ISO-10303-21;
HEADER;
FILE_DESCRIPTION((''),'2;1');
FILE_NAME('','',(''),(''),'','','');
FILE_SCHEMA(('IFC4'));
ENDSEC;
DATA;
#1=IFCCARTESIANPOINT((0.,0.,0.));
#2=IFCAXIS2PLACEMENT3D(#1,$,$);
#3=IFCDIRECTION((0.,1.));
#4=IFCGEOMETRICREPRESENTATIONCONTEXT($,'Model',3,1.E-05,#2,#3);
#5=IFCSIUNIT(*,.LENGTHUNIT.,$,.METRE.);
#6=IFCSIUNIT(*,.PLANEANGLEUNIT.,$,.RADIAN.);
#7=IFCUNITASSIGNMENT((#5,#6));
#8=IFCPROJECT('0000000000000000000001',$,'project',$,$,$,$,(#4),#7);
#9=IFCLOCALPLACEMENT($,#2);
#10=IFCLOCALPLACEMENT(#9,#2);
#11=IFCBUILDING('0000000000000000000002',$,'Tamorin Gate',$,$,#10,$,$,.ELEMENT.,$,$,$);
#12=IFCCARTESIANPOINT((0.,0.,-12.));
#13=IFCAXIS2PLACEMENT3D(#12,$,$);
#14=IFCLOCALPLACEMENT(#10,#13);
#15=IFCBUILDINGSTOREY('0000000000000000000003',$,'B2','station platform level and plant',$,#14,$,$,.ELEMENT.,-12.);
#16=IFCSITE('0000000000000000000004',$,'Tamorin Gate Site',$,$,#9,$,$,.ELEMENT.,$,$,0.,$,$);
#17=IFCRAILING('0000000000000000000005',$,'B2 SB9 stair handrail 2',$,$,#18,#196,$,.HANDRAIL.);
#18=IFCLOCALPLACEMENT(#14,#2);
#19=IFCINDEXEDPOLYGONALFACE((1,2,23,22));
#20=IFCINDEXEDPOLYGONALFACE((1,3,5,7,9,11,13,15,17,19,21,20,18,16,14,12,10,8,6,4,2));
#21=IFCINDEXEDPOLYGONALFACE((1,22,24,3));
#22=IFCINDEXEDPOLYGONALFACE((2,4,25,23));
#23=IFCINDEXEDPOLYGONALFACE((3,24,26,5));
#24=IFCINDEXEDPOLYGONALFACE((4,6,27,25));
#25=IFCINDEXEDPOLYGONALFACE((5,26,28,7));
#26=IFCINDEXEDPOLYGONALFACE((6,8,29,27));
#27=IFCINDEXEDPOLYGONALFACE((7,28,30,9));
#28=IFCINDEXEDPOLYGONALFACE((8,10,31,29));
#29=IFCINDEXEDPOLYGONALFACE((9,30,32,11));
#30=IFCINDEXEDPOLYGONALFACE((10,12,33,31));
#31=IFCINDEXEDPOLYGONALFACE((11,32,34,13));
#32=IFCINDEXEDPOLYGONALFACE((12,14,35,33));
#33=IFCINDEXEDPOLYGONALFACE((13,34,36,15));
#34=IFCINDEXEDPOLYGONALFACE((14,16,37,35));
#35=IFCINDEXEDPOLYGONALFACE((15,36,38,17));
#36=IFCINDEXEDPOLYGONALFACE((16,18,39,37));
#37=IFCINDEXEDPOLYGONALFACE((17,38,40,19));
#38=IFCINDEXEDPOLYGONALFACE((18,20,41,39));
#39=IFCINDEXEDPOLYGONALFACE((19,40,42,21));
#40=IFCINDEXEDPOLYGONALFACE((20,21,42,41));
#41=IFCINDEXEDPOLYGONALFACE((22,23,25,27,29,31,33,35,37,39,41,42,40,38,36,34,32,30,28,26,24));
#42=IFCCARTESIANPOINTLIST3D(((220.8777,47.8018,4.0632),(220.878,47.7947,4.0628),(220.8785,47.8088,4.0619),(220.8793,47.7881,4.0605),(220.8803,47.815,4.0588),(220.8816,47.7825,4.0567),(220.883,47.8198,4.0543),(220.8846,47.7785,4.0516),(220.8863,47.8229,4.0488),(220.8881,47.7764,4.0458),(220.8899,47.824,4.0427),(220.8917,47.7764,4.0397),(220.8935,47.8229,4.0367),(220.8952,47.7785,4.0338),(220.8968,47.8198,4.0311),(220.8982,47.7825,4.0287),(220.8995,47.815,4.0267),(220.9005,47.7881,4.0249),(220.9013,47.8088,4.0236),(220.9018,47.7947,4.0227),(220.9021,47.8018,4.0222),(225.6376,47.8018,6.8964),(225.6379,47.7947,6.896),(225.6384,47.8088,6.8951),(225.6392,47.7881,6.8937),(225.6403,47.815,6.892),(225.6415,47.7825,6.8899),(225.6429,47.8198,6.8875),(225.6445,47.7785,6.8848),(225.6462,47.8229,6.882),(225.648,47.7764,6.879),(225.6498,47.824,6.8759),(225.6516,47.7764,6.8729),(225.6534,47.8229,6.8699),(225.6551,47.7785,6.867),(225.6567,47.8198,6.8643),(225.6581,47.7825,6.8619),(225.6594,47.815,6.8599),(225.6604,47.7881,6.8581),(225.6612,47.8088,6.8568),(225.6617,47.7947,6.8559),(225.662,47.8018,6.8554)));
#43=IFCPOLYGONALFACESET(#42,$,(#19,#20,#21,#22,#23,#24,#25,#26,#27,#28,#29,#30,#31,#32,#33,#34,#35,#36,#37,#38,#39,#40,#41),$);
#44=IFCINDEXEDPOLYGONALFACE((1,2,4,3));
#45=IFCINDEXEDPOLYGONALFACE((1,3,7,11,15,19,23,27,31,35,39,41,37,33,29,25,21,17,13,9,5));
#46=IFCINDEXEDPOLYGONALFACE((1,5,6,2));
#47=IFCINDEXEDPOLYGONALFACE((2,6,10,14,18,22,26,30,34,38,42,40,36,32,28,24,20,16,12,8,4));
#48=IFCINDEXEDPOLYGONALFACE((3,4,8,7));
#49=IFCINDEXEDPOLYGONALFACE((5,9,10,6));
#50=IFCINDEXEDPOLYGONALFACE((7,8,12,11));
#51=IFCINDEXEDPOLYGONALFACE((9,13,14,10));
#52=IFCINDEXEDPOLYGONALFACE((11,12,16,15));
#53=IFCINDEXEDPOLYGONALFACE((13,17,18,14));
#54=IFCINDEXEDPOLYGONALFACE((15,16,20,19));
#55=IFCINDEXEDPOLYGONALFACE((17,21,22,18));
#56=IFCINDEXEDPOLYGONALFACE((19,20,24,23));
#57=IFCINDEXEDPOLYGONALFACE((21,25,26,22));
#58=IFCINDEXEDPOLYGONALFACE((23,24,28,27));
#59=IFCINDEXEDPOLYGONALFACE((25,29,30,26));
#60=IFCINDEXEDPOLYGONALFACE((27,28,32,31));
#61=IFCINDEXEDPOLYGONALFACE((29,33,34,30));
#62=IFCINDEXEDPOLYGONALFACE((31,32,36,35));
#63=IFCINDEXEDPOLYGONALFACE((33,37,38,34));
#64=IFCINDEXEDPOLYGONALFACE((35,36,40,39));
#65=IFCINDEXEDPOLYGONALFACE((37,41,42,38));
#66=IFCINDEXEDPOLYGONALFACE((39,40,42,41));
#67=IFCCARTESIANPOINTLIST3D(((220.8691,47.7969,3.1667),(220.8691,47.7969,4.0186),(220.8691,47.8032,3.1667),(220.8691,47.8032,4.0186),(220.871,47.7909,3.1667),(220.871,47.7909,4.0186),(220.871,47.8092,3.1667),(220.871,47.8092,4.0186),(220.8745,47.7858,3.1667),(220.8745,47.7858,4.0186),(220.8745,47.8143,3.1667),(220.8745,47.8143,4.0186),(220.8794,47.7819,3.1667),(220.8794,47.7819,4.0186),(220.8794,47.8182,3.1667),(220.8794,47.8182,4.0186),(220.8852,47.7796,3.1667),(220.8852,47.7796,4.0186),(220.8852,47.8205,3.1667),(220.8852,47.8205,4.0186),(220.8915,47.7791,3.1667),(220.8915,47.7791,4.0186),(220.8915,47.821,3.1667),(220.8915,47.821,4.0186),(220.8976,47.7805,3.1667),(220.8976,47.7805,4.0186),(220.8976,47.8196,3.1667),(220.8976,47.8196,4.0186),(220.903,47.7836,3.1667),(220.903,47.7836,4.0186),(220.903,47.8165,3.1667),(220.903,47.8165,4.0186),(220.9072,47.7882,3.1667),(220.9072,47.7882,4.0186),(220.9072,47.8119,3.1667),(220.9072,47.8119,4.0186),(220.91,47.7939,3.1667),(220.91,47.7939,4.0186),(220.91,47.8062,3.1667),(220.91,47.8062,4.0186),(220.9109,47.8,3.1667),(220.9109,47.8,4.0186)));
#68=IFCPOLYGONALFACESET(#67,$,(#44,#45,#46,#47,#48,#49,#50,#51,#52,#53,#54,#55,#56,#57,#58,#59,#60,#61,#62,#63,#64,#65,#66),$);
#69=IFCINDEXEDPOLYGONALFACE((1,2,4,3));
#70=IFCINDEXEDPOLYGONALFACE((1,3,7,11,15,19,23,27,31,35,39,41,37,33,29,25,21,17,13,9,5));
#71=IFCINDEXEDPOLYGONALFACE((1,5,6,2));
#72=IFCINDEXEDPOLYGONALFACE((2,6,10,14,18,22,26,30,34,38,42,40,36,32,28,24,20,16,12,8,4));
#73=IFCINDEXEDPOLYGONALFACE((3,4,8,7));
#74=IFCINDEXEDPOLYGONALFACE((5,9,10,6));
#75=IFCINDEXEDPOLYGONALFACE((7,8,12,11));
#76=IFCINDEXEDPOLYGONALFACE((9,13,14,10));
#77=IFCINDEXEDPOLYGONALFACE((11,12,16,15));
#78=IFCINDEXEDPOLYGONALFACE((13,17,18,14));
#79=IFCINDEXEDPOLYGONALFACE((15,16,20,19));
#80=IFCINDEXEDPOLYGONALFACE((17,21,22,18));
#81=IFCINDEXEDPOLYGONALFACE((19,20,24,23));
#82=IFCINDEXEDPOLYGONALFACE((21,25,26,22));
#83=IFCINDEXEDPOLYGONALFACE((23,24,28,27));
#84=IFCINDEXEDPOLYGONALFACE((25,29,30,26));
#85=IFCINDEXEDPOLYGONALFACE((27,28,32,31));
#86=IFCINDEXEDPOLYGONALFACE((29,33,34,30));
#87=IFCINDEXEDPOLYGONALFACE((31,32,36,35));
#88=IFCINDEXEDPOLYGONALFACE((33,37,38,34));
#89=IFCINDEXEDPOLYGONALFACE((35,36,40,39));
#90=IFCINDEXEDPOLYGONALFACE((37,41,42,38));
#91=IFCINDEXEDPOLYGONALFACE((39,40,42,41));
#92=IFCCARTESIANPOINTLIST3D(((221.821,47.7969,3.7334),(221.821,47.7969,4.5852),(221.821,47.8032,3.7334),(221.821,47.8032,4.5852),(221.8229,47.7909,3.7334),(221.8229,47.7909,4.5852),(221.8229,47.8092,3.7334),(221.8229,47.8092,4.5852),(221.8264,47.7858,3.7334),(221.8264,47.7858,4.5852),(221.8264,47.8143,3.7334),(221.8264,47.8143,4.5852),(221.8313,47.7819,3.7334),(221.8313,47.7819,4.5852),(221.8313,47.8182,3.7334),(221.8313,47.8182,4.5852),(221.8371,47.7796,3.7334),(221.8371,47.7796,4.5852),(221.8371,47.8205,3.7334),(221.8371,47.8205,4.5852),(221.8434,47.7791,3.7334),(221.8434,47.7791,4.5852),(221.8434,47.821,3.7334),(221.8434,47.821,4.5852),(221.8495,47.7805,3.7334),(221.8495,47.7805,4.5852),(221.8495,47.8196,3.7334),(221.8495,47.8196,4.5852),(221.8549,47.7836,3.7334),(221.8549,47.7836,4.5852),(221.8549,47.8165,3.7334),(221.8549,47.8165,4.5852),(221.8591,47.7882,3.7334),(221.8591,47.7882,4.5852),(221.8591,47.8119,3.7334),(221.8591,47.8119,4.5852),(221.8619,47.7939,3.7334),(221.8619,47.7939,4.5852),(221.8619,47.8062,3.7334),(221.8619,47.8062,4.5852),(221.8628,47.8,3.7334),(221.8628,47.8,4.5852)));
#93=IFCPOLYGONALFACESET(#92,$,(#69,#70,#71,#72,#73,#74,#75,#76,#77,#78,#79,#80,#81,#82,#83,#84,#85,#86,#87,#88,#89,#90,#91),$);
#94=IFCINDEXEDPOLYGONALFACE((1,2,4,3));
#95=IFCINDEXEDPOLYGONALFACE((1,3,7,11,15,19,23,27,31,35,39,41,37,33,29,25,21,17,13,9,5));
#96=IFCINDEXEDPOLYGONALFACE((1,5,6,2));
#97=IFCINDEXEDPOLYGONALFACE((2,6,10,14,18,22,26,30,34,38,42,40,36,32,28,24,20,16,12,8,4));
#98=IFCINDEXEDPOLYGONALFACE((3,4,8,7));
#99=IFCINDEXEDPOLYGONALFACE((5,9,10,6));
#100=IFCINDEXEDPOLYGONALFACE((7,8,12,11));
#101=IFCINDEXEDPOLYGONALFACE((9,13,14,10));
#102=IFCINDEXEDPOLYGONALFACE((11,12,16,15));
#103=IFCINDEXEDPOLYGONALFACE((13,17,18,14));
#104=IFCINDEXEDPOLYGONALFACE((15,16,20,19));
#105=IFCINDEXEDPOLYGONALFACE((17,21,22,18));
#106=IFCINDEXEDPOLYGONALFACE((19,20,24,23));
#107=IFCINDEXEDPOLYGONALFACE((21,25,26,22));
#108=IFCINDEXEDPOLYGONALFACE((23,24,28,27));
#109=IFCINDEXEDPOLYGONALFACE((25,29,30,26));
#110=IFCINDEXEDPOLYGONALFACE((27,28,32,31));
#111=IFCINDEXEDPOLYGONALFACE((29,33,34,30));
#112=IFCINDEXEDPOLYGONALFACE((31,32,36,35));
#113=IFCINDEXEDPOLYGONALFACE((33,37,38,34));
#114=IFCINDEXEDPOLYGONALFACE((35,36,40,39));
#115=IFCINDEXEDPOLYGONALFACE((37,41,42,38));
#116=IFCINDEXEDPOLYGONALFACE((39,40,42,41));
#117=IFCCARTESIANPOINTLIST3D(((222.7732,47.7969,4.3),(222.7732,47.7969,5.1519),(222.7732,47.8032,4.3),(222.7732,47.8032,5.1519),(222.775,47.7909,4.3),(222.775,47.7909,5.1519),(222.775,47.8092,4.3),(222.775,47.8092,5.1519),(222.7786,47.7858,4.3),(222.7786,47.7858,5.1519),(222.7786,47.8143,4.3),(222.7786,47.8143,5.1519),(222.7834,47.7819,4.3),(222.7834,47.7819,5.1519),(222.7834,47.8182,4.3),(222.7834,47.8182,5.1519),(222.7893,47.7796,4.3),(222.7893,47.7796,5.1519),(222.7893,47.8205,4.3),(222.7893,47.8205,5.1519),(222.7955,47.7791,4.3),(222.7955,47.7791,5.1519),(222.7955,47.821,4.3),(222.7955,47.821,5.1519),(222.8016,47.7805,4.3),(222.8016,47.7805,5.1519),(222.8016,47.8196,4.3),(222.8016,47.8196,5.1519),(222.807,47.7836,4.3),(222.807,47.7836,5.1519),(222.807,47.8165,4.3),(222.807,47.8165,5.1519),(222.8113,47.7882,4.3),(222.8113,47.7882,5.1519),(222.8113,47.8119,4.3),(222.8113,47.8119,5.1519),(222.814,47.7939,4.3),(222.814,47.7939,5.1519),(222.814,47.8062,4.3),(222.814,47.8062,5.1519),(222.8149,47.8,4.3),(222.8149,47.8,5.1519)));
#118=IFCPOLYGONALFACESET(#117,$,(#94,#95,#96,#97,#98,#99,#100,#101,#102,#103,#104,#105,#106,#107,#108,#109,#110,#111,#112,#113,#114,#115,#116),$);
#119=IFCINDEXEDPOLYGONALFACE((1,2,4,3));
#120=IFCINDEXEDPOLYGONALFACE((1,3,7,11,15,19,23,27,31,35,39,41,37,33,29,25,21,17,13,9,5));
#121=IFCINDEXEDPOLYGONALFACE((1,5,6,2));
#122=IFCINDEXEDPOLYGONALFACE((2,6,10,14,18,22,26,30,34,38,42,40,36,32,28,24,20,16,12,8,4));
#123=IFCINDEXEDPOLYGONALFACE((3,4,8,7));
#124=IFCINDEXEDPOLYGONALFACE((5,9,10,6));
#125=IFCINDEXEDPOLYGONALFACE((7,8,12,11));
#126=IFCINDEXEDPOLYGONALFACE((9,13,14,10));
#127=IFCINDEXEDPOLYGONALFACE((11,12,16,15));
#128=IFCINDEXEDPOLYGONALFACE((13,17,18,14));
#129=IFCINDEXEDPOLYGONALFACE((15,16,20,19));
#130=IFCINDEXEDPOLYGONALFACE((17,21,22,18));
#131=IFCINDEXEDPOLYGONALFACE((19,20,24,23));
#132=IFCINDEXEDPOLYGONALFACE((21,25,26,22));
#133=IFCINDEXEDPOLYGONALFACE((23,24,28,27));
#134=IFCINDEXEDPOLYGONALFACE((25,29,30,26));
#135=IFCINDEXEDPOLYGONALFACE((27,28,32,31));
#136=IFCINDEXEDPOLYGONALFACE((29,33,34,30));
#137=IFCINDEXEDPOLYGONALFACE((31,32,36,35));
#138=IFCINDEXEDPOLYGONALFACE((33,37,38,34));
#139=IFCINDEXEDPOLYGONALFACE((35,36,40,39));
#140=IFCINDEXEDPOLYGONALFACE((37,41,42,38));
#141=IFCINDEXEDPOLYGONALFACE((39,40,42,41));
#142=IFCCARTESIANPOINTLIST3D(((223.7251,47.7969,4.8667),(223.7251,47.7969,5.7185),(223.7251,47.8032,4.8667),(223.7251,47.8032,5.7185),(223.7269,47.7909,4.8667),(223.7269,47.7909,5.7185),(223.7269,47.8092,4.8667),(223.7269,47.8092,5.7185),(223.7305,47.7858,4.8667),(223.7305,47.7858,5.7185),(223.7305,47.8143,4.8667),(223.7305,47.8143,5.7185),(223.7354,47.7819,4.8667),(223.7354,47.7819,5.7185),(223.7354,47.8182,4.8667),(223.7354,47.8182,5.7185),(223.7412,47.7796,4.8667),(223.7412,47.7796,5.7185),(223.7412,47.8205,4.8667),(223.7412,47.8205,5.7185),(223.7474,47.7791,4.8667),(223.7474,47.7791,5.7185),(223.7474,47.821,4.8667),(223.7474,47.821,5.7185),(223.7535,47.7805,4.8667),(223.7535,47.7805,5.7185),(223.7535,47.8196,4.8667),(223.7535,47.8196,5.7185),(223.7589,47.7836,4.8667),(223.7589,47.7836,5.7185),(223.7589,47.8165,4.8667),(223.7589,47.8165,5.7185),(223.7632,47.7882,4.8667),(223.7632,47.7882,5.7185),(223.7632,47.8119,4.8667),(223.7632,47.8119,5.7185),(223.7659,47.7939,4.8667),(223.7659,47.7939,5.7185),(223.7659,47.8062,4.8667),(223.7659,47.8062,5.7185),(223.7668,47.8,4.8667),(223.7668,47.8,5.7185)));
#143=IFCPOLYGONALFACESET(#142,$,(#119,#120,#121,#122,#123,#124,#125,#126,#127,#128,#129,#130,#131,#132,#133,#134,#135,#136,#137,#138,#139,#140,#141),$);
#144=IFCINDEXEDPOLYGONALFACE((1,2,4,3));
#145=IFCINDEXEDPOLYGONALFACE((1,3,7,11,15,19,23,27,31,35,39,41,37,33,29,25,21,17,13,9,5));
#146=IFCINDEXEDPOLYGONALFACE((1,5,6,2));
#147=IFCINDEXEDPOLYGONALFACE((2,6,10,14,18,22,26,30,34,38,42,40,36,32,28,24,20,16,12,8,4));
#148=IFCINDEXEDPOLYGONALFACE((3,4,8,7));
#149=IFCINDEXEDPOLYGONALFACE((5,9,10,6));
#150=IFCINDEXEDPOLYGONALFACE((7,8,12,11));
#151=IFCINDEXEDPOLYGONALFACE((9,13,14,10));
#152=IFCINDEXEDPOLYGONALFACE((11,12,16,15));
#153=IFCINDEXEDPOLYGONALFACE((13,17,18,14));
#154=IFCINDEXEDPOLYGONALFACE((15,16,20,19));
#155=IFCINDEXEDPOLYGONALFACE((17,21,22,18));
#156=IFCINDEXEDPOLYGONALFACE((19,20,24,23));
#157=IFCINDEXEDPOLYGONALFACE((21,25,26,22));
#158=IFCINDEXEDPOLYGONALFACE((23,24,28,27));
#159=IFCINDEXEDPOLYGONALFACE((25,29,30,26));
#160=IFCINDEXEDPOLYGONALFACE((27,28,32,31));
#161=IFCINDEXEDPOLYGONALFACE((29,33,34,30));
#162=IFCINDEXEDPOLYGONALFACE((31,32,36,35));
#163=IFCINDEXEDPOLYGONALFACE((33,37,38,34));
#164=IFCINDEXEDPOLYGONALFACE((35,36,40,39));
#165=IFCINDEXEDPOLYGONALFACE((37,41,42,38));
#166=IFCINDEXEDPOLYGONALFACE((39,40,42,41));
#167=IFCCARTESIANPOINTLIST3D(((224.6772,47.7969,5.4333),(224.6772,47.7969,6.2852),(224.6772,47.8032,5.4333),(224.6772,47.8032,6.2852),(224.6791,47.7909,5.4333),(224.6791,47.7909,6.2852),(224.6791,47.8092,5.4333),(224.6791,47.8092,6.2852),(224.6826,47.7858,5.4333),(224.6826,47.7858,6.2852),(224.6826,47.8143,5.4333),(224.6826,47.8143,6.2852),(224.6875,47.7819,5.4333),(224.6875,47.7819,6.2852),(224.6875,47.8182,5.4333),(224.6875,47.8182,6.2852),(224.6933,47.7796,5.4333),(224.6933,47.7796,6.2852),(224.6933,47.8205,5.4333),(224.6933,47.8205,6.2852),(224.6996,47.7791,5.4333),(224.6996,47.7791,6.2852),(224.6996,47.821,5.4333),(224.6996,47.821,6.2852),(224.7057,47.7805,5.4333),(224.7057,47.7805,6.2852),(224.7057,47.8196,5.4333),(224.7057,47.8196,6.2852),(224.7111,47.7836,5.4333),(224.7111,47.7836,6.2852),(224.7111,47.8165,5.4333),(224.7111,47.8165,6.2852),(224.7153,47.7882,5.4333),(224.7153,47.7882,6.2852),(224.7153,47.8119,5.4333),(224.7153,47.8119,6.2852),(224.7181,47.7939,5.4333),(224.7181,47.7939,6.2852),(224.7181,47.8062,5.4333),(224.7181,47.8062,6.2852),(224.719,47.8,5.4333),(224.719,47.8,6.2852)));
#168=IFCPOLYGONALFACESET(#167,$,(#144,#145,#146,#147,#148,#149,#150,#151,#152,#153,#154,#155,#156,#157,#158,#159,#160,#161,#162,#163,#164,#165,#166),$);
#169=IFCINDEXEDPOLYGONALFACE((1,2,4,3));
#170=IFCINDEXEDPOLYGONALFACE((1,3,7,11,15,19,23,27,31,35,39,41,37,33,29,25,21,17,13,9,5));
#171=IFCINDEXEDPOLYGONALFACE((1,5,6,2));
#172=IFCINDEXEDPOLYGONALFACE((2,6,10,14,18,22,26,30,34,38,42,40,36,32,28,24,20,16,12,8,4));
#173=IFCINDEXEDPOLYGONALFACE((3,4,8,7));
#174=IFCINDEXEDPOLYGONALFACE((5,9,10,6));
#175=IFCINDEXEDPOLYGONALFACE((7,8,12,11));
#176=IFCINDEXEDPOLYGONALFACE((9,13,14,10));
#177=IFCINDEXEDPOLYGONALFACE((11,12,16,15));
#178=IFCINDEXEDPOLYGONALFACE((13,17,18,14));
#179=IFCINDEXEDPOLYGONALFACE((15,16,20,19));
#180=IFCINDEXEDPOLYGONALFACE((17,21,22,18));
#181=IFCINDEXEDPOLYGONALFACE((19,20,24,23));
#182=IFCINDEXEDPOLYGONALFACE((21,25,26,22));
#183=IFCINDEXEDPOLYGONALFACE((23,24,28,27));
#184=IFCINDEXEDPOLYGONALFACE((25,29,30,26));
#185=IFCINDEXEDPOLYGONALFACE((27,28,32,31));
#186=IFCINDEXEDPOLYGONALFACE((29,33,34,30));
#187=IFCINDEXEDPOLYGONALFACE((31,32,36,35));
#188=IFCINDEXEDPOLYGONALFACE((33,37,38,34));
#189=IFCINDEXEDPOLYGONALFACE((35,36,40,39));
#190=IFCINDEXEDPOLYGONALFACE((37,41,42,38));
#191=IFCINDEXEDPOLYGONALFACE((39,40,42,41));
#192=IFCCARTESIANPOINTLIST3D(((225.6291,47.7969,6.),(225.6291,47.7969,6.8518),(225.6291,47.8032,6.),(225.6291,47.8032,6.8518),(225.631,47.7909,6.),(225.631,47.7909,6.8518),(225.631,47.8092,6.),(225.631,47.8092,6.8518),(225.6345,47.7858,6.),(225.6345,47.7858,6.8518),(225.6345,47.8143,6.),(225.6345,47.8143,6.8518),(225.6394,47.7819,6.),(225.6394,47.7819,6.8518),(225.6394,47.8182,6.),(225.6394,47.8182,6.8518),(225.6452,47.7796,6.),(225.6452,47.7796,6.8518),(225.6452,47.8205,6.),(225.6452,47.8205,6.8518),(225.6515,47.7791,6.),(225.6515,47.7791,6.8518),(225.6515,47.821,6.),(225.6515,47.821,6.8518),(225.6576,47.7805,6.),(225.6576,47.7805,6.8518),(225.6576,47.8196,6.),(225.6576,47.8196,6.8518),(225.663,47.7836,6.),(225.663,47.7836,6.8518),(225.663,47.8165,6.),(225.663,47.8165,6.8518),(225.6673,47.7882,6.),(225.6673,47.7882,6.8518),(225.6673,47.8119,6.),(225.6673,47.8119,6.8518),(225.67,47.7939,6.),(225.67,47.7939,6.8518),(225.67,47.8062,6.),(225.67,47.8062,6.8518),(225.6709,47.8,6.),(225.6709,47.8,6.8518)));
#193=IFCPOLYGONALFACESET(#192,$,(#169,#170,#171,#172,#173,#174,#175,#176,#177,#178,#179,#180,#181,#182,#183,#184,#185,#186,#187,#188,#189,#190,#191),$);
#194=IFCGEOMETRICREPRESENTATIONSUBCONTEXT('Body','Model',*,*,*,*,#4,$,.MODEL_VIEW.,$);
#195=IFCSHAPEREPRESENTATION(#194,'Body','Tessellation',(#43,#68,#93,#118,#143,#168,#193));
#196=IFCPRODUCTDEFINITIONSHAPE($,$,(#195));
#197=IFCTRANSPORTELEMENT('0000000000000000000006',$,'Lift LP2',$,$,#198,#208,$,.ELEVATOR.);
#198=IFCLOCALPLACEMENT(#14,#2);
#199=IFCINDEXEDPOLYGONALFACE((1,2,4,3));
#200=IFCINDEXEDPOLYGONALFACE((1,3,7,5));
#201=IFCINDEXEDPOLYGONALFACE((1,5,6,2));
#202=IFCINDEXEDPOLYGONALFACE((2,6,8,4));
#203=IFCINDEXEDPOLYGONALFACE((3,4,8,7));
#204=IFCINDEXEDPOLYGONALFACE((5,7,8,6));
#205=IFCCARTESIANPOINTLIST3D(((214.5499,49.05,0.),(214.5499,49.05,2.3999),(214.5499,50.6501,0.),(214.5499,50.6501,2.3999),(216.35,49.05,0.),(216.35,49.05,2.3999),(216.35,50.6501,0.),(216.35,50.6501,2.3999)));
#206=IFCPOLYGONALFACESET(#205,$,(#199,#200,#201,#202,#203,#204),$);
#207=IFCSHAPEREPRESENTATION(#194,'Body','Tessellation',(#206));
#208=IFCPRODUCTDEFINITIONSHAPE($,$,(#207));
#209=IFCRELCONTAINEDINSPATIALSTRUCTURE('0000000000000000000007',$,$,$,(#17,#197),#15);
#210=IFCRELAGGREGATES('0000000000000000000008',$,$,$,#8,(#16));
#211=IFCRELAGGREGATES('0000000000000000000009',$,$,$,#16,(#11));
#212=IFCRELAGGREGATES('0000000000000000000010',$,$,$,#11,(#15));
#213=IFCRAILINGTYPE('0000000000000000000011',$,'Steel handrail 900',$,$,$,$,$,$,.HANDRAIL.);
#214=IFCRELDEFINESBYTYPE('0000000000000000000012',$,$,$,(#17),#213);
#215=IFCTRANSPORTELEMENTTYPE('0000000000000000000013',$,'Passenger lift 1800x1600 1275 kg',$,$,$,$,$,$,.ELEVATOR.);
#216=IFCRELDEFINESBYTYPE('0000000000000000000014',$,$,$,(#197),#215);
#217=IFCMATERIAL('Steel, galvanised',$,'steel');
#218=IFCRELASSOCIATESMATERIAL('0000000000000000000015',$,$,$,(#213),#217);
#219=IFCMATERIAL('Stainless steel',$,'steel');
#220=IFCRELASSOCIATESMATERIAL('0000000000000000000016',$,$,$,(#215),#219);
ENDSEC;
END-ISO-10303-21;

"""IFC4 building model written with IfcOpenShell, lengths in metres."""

from ifc_helpers import new_model, si_unit, direction, frame, origin, origin_2d, place, context, subcontext, project, spatial, rectangle, circle, extrude, material, type_object, element, save


model = new_model("IFC4")

# Units and contexts
model_context = context("Model", 3, precision=1e-05, world=origin(), true_north=direction((0.0, 1.0)))
body_context = subcontext(model_context, "Body", "Model", "MODEL_VIEW")
ifc_project = project(units=[si_unit("LENGTHUNIT", "METRE"), si_unit("PLANEANGLEUNIT", "RADIAN")], contexts=[model_context])

# Site, building, storey
site_placement = place(None, origin())
site = spatial("IfcSite", under=ifc_project, at=site_placement, Name="Tamorin Gate Site", CompositionType="ELEMENT", RefElevation=0.0)
building_placement = place(site_placement, origin())
building = spatial("IfcBuilding", under=site, at=building_placement, Name="Tamorin Gate", CompositionType="ELEMENT")
storey_placement = place(building_placement, frame((0.0, 0.0, -12.0)))
storey = spatial("IfcBuildingStorey", under=building, at=storey_placement, Name="B2", Description="station platform level and plant", CompositionType="ELEMENT", Elevation=-12.0)

# Shared definitions
ifc_material_1 = material(Name="Stainless steel", Category="steel")

# Railing
ifc_material_2 = material(Name="Steel, galvanised", Category="steel")
railing_type_1 = type_object("IfcRailingType", Name="Steel handrail 900", PredefinedType="HANDRAIL", material=ifc_material_2)
railing_1_placement = place(storey_placement, frame((220.8899, 47.8, 3.1667)))
element("IfcRailing", 1, at=railing_1_placement, inside=storey, type_object=railing_type_1, Name="B2 SB9 stair handrail 2", PredefinedType="HANDRAIL", context=body_context, shape_type="SweptSolid", body=[
    extrude(circle(Radius=0.0239, at=origin_2d()), frame((0.0, 0.0, 0.876), z_axis=(0.8593, 0.0, 0.511472), x_axis=(0.0, 1.0, 0.0)), (0.0, 0.0, 1.0), 5.5393),
    extrude(circle(Radius=0.021, at=origin_2d()), origin(), (0.0, 0.0, 1.0), 0.8518),
    extrude(circle(Radius=0.021, at=origin_2d()), frame((0.9519, 0.0, 0.5667)), (0.0, 0.0, 1.0), 0.8518),
    extrude(circle(Radius=0.021, at=origin_2d()), frame((1.9041, 0.0, 1.1333)), (0.0, 0.0, 1.0), 0.8518),
    extrude(circle(Radius=0.021, at=origin_2d()), frame((2.856, 0.0, 1.7)), (0.0, 0.0, 1.0), 0.8518),
    extrude(circle(Radius=0.021, at=origin_2d()), frame((3.8081, 0.0, 2.2666)), (0.0, 0.0, 1.0), 0.8518),
    extrude(circle(Radius=0.021, at=origin_2d()), frame((4.76, 0.0, 2.8333)), (0.0, 0.0, 1.0), 0.8518),
])

# Transport element
transport_element_type = type_object("IfcTransportElementType", Name="Passenger lift 1800x1600 1275 kg", PredefinedType="ELEVATOR", material=ifc_material_1)
transport_element_placement = place(storey_placement, frame((215.45, 49.8501, 0.0), z_axis=(0.0, 0.0, 1.0), x_axis=(1.0, 0.0, 0.0)))
element("IfcTransportElement", 2, at=transport_element_placement, inside=storey, type_object=transport_element_type, Name="Lift LP2", PredefinedType="ELEVATOR", context=body_context, shape_type="SweptSolid", body=[
    extrude(rectangle(XDim=1.8, YDim=1.6001, at=origin_2d()), origin(), (0.0, 0.0, 1.0), 2.3999),
])

save(model, "model.ifc")
